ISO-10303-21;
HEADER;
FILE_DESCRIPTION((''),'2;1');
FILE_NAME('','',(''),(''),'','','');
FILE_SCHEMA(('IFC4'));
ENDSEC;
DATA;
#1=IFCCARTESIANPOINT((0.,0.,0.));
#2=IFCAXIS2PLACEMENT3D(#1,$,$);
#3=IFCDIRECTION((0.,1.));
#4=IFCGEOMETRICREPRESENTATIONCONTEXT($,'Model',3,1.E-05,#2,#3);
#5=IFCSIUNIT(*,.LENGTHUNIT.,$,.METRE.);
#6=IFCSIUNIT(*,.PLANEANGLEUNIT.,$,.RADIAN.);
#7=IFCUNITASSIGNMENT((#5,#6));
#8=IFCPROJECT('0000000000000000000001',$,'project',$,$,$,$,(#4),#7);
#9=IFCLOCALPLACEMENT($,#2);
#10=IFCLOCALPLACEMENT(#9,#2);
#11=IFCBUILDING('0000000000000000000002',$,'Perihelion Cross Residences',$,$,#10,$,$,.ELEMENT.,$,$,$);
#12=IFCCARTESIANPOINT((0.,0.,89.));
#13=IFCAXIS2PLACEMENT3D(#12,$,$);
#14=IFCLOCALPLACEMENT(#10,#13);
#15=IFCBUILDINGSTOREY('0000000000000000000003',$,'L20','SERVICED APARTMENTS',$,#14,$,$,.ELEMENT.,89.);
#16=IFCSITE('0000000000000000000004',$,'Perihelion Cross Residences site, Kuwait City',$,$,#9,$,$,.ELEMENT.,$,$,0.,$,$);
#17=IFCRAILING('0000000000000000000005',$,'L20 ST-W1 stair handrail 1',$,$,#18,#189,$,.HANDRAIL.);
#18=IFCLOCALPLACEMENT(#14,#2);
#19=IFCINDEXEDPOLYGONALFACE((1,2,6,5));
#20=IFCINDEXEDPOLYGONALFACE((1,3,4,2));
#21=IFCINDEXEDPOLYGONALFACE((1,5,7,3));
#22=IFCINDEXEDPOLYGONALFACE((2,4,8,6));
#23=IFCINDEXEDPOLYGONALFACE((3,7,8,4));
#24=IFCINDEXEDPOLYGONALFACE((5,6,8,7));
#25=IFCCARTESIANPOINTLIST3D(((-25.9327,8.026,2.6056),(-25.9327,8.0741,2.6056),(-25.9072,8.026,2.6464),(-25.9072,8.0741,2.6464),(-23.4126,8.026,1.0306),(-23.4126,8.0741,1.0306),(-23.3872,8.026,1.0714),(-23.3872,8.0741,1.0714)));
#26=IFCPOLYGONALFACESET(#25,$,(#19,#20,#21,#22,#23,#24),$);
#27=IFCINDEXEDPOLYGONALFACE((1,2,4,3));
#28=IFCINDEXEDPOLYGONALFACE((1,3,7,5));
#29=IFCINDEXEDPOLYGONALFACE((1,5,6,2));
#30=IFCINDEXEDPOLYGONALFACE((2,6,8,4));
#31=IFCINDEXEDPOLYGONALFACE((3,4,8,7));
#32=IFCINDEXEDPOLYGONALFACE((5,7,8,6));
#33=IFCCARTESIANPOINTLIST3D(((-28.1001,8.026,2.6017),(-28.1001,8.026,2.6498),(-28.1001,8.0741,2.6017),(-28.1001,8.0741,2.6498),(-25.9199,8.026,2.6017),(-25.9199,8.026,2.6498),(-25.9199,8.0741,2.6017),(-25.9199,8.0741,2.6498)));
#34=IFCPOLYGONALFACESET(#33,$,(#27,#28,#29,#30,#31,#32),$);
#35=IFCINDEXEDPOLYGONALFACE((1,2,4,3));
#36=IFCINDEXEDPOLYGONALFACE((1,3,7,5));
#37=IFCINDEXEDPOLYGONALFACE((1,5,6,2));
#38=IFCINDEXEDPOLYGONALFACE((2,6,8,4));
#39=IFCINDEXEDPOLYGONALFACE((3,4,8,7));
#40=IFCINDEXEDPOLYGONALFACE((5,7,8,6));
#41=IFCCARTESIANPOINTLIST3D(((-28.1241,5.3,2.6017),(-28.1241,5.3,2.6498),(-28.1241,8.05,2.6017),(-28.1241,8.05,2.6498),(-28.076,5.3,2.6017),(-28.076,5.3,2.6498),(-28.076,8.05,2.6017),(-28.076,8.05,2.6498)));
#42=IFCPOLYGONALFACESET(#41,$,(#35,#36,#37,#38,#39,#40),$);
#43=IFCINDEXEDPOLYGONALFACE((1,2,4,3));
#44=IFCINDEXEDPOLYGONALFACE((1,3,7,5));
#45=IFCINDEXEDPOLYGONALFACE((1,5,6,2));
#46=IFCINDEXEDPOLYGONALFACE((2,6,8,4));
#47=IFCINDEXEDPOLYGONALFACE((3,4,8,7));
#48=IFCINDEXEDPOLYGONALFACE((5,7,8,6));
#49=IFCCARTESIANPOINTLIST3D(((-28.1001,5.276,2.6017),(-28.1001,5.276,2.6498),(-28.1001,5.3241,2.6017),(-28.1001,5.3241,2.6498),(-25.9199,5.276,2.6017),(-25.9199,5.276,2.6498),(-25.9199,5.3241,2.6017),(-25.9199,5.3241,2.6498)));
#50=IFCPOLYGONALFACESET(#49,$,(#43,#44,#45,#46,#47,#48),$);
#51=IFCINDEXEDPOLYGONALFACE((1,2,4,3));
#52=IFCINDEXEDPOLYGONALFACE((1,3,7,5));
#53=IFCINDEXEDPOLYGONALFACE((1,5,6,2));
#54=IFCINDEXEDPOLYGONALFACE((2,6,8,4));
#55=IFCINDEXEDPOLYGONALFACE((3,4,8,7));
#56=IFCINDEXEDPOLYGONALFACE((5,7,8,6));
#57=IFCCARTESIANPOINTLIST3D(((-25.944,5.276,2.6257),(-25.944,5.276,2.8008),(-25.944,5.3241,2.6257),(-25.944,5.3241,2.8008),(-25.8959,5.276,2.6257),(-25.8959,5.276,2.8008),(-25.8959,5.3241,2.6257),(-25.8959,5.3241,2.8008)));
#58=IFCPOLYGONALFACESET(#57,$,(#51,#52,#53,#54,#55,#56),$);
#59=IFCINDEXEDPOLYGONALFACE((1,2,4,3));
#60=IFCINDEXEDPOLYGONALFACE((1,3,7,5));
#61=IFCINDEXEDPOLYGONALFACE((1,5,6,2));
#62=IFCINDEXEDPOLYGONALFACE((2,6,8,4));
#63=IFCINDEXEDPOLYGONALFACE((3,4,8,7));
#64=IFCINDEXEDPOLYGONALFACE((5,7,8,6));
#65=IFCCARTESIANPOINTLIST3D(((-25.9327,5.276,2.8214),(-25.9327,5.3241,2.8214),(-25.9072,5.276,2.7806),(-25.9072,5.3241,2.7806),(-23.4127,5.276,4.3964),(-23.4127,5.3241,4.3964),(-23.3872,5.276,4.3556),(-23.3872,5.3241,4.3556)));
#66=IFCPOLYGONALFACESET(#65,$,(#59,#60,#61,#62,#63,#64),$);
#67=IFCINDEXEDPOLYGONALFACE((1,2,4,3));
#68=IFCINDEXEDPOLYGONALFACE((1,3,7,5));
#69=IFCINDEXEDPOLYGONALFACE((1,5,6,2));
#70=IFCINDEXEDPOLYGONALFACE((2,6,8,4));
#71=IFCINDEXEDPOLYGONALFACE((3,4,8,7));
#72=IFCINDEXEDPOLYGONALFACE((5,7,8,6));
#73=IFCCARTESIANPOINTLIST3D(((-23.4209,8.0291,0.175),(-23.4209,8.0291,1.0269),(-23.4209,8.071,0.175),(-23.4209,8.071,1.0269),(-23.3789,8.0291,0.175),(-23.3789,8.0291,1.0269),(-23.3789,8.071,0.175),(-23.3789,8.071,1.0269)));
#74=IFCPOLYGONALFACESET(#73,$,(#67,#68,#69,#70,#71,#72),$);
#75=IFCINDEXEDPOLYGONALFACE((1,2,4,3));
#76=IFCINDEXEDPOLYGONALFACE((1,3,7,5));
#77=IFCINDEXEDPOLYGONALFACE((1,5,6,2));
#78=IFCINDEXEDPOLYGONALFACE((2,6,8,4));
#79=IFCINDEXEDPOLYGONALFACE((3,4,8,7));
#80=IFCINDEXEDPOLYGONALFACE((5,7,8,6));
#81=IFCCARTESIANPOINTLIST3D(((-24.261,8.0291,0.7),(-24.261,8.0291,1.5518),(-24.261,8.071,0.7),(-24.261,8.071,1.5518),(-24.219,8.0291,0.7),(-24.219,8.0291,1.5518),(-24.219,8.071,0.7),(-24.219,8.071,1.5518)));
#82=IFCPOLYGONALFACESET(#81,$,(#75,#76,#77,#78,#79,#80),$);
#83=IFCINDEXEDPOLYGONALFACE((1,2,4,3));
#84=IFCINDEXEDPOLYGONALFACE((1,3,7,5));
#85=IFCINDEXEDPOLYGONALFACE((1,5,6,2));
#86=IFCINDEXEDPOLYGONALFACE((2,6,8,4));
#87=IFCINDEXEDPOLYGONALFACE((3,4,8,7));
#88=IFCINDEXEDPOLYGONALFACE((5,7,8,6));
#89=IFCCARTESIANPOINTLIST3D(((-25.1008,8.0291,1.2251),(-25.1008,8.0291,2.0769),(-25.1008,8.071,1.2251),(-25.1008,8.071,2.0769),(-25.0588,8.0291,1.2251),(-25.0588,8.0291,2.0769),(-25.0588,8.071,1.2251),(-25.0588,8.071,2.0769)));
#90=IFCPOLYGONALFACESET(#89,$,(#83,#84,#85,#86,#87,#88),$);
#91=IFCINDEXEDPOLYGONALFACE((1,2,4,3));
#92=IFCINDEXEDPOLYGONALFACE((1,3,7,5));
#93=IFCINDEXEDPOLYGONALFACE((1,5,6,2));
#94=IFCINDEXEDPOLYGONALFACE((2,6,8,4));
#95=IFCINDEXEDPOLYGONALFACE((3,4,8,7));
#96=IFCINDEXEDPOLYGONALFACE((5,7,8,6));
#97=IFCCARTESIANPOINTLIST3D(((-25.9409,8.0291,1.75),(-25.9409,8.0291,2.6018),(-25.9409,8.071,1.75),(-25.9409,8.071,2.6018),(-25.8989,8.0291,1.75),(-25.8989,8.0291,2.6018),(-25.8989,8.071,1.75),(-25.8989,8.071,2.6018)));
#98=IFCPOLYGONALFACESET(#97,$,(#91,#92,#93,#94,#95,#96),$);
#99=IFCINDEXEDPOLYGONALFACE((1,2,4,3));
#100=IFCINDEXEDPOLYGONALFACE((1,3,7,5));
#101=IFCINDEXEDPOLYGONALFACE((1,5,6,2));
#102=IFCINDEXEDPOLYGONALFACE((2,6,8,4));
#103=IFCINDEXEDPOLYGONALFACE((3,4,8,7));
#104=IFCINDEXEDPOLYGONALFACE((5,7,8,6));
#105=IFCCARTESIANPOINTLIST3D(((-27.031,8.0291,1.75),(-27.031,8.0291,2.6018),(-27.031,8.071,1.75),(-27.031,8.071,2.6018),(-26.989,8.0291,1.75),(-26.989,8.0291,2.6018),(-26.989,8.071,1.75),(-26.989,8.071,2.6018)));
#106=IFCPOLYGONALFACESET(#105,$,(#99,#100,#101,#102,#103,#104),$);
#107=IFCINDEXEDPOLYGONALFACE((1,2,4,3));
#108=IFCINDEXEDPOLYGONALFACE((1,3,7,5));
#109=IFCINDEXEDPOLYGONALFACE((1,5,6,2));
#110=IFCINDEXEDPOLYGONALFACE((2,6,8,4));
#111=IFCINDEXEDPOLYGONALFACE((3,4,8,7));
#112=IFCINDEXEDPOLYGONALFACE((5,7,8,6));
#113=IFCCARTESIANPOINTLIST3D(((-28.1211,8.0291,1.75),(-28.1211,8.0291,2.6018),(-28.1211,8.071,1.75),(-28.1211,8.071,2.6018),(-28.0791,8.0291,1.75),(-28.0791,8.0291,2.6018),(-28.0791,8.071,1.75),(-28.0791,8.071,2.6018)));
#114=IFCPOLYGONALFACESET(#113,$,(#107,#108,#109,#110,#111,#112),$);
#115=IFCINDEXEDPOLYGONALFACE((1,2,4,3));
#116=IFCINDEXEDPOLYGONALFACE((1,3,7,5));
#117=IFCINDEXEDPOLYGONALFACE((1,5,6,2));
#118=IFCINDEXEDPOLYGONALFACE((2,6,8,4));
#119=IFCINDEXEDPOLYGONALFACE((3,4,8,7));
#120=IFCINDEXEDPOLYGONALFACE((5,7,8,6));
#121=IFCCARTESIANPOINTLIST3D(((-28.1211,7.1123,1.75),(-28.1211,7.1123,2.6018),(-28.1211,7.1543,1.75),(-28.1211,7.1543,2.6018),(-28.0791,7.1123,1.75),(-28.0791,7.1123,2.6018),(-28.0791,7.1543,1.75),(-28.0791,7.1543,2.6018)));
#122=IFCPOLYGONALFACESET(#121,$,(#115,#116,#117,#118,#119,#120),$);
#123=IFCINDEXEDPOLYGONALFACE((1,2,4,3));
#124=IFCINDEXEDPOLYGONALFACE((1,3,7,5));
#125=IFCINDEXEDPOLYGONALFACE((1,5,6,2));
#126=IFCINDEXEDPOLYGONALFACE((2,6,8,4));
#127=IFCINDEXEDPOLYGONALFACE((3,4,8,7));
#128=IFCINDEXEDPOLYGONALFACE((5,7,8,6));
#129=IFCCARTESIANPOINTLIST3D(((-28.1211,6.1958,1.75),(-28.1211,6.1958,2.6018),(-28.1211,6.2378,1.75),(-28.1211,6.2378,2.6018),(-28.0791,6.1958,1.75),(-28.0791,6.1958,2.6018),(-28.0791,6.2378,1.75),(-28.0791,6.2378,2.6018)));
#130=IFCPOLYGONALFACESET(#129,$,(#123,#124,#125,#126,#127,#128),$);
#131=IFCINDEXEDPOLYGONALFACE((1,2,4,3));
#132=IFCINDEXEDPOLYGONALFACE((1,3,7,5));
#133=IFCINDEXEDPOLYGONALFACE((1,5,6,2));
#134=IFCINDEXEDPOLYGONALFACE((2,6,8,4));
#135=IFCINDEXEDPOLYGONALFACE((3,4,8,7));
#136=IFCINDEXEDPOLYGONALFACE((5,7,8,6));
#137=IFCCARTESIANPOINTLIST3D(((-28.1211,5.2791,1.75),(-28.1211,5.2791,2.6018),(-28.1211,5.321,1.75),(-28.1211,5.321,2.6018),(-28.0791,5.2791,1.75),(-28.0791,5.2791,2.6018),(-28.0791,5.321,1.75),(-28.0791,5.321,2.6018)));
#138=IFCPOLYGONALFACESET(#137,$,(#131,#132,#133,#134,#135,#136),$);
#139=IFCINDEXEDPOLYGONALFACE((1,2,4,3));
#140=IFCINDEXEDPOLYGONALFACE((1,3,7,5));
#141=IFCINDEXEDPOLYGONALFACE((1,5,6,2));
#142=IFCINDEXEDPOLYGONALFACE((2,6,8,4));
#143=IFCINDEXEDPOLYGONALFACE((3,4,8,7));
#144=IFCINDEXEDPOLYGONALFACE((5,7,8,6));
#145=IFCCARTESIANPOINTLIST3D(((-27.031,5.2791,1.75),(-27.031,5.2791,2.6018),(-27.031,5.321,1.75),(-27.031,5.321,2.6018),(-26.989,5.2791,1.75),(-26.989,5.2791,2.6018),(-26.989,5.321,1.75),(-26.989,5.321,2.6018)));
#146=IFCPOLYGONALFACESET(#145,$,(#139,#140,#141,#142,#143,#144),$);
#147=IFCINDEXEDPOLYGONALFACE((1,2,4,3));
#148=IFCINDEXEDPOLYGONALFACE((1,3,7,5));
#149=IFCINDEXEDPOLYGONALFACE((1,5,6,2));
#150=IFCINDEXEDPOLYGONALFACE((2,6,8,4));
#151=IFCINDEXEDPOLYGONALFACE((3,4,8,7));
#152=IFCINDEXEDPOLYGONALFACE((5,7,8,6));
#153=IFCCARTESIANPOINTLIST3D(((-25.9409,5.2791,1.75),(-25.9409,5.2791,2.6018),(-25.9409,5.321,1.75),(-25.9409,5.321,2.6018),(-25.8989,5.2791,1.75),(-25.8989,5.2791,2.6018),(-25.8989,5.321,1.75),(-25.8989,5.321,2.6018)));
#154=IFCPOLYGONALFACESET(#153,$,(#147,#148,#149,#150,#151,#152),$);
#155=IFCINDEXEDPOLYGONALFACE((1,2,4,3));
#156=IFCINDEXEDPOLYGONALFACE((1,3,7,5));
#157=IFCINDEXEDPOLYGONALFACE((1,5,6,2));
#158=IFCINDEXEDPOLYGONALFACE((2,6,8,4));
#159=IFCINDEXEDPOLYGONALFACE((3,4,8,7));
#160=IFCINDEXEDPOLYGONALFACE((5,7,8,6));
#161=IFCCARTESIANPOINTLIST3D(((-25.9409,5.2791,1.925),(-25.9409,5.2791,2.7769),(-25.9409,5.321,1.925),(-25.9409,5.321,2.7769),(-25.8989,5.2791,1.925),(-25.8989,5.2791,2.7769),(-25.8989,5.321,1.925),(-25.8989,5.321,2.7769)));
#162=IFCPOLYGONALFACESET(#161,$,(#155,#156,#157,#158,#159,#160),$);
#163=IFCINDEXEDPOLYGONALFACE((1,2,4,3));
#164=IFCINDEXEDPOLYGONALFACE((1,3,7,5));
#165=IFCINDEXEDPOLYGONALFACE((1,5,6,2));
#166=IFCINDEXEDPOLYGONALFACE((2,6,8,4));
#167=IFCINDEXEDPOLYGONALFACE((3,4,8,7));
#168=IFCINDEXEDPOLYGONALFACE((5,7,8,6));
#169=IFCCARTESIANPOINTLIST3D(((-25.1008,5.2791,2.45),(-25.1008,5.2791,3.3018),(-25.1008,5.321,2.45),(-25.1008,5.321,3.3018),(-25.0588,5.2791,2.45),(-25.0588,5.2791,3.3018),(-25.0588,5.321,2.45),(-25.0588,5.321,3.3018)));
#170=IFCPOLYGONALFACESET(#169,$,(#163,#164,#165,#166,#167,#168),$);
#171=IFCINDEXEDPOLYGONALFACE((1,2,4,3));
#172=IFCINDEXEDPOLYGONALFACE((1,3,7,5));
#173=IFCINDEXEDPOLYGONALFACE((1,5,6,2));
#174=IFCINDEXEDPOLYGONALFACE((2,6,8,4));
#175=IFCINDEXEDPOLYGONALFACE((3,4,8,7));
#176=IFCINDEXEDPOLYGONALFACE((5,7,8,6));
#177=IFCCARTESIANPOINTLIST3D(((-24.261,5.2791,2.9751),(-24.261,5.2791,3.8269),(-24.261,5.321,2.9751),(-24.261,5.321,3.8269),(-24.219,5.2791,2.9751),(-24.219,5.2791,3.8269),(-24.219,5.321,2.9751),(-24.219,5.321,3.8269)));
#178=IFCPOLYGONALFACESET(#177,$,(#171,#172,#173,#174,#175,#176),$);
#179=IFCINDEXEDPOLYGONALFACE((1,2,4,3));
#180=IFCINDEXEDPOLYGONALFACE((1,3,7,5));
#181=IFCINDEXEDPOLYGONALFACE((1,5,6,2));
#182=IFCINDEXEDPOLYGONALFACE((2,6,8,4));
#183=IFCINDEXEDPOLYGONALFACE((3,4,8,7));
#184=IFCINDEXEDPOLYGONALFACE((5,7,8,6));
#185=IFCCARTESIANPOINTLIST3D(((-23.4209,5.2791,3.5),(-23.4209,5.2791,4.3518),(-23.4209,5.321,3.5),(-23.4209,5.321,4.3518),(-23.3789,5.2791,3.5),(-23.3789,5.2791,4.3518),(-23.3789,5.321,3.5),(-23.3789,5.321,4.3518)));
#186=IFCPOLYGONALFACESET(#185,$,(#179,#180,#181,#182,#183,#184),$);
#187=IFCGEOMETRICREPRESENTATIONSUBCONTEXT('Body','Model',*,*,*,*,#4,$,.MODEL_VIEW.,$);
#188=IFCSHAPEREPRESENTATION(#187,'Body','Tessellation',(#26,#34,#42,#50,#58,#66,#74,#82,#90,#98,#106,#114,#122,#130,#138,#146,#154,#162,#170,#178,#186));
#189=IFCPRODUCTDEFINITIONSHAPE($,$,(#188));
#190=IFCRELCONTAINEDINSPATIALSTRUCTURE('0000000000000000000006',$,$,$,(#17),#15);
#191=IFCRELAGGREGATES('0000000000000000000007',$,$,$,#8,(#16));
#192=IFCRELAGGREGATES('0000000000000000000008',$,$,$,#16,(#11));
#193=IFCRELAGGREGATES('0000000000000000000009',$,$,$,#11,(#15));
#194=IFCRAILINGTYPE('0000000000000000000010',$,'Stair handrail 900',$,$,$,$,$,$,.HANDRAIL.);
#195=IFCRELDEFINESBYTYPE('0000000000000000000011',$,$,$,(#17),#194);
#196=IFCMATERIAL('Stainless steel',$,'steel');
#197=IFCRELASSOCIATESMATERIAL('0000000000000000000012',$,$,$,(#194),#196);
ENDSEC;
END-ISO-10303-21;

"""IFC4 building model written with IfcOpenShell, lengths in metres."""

from ifc_helpers import new_model, si_unit, direction, frame, origin, origin_2d, place, context, subcontext, project, spatial, rectangle, extrude, material, type_object, element, save


model = new_model("IFC4")

# Units and contexts
model_context = context("Model", 3, precision=1e-05, world=origin(), true_north=direction((0.0, 1.0)))
body_context = subcontext(model_context, "Body", "Model", "MODEL_VIEW")
ifc_project = project(units=[si_unit("LENGTHUNIT", "METRE"), si_unit("PLANEANGLEUNIT", "RADIAN")], contexts=[model_context])

# Site, building, storey
site_placement = place(None, origin())
site = spatial("IfcSite", under=ifc_project, at=site_placement, Name="Perihelion Cross Residences site, Kuwait City", CompositionType="ELEMENT", RefElevation=0.0)
building_placement = place(site_placement, origin())
building = spatial("IfcBuilding", under=site, at=building_placement, Name="Perihelion Cross Residences", CompositionType="ELEMENT")
storey_placement = place(building_placement, frame((0.0, 0.0, 89.0)))
storey = spatial("IfcBuildingStorey", under=building, at=storey_placement, Name="L20", Description="SERVICED APARTMENTS", CompositionType="ELEMENT", Elevation=89.0)

# Railing
ifc_material_1 = material(Name="Stainless steel", Category="steel")
railing_type_1 = type_object("IfcRailingType", Name="Stair handrail 900", PredefinedType="HANDRAIL", material=ifc_material_1)
railing_1_placement = place(storey_placement, frame((-23.3999, 8.05, 0.175)))
element("IfcRailing", 1, at=railing_1_placement, inside=storey, type_object=railing_type_1, Name="L20 ST-W1 stair handrail 1", PredefinedType="HANDRAIL", context=body_context, shape_type="SweptSolid", body=[
    extrude(rectangle(XDim=0.0481, YDim=0.0481, at=origin_2d()), frame((0.0, 0.0, 0.876), z_axis=(-0.848008, 0.0, 0.529984), x_axis=(0.0, -1.0, 0.0)), (0.0, 0.0, 1.0), 2.9717),
    extrude(rectangle(XDim=0.0481, YDim=0.0481, at=origin_2d()), frame((-2.52, 0.0, 2.4507), z_axis=(-1.0, 0.0, 0.0), x_axis=(0.0, -1.0, 0.0)), (0.0, 0.0, 1.0), 2.1802),
    extrude(rectangle(XDim=0.0481, YDim=0.0481, at=origin_2d()), frame((-4.7002, 0.0, 2.4507), z_axis=(0.0, -1.0, 0.0), x_axis=(1.0, 0.0, 0.0)), (0.0, 0.0, 1.0), 2.75),
    extrude(rectangle(XDim=0.0481, YDim=0.0481, at=origin_2d()), frame((-4.7002, -2.75, 2.4507), z_axis=(1.0, 0.0, 0.0), x_axis=(0.0, 1.0, 0.0)), (0.0, 0.0, 1.0), 2.1802),
    extrude(rectangle(XDim=0.0481, YDim=0.0481, at=origin_2d()), frame((-2.52, -2.75, 2.4507), z_axis=(0.0, 0.0, 1.0), x_axis=(1.0, 0.0, 0.0)), (0.0, 0.0, 1.0), 0.175),
    extrude(rectangle(XDim=0.0481, YDim=0.0481, at=origin_2d()), frame((-2.52, -2.75, 2.626), z_axis=(0.848008, 0.0, 0.529984), x_axis=(0.0, 1.0, 0.0)), (0.0, 0.0, 1.0), 2.9717),
    extrude(rectangle(XDim=0.042, YDim=0.042, at=origin_2d()), origin(), (0.0, 0.0, 1.0), 0.8518),
    extrude(rectangle(XDim=0.042, YDim=0.042, at=origin_2d()), frame((-0.8401, 0.0, 0.5249)), (0.0, 0.0, 1.0), 0.8518),
    extrude(rectangle(XDim=0.042, YDim=0.042, at=origin_2d()), frame((-1.6799, 0.0, 1.05)), (0.0, 0.0, 1.0), 0.8518),
    extrude(rectangle(XDim=0.042, YDim=0.042, at=origin_2d()), frame((-2.52, 0.0, 1.575)), (0.0, 0.0, 1.0), 0.8518),
    extrude(rectangle(XDim=0.042, YDim=0.042, at=origin_2d()), frame((-3.6101, 0.0, 1.575)), (0.0, 0.0, 1.0), 0.8518),
    extrude(rectangle(XDim=0.042, YDim=0.042, at=origin_2d()), frame((-4.7002, 0.0, 1.575)), (0.0, 0.0, 1.0), 0.8518),
    extrude(rectangle(XDim=0.042, YDim=0.042, at=origin_2d()), frame((-4.7002, -0.9167, 1.575)), (0.0, 0.0, 1.0), 0.8518),
    extrude(rectangle(XDim=0.042, YDim=0.042, at=origin_2d()), frame((-4.7002, -1.8333, 1.575)), (0.0, 0.0, 1.0), 0.8518),
    extrude(rectangle(XDim=0.042, YDim=0.042, at=origin_2d()), frame((-4.7002, -2.75, 1.575)), (0.0, 0.0, 1.0), 0.8518),
    extrude(rectangle(XDim=0.042, YDim=0.042, at=origin_2d()), frame((-3.6101, -2.75, 1.575)), (0.0, 0.0, 1.0), 0.8518),
    extrude(rectangle(XDim=0.042, YDim=0.042, at=origin_2d()), frame((-2.52, -2.75, 1.575)), (0.0, 0.0, 1.0), 0.8518),
    extrude(rectangle(XDim=0.042, YDim=0.042, at=origin_2d()), frame((-2.52, -2.75, 1.75)), (0.0, 0.0, 1.0), 0.8518),
    extrude(rectangle(XDim=0.042, YDim=0.042, at=origin_2d()), frame((-1.6799, -2.75, 2.2749)), (0.0, 0.0, 1.0), 0.8518),
    extrude(rectangle(XDim=0.042, YDim=0.042, at=origin_2d()), frame((-0.8401, -2.75, 2.8)), (0.0, 0.0, 1.0), 0.8518),
    extrude(rectangle(XDim=0.042, YDim=0.042, at=origin_2d()), frame((0.0, -2.75, 3.325)), (0.0, 0.0, 1.0), 0.8518),
])

save(model, "model.ifc")
